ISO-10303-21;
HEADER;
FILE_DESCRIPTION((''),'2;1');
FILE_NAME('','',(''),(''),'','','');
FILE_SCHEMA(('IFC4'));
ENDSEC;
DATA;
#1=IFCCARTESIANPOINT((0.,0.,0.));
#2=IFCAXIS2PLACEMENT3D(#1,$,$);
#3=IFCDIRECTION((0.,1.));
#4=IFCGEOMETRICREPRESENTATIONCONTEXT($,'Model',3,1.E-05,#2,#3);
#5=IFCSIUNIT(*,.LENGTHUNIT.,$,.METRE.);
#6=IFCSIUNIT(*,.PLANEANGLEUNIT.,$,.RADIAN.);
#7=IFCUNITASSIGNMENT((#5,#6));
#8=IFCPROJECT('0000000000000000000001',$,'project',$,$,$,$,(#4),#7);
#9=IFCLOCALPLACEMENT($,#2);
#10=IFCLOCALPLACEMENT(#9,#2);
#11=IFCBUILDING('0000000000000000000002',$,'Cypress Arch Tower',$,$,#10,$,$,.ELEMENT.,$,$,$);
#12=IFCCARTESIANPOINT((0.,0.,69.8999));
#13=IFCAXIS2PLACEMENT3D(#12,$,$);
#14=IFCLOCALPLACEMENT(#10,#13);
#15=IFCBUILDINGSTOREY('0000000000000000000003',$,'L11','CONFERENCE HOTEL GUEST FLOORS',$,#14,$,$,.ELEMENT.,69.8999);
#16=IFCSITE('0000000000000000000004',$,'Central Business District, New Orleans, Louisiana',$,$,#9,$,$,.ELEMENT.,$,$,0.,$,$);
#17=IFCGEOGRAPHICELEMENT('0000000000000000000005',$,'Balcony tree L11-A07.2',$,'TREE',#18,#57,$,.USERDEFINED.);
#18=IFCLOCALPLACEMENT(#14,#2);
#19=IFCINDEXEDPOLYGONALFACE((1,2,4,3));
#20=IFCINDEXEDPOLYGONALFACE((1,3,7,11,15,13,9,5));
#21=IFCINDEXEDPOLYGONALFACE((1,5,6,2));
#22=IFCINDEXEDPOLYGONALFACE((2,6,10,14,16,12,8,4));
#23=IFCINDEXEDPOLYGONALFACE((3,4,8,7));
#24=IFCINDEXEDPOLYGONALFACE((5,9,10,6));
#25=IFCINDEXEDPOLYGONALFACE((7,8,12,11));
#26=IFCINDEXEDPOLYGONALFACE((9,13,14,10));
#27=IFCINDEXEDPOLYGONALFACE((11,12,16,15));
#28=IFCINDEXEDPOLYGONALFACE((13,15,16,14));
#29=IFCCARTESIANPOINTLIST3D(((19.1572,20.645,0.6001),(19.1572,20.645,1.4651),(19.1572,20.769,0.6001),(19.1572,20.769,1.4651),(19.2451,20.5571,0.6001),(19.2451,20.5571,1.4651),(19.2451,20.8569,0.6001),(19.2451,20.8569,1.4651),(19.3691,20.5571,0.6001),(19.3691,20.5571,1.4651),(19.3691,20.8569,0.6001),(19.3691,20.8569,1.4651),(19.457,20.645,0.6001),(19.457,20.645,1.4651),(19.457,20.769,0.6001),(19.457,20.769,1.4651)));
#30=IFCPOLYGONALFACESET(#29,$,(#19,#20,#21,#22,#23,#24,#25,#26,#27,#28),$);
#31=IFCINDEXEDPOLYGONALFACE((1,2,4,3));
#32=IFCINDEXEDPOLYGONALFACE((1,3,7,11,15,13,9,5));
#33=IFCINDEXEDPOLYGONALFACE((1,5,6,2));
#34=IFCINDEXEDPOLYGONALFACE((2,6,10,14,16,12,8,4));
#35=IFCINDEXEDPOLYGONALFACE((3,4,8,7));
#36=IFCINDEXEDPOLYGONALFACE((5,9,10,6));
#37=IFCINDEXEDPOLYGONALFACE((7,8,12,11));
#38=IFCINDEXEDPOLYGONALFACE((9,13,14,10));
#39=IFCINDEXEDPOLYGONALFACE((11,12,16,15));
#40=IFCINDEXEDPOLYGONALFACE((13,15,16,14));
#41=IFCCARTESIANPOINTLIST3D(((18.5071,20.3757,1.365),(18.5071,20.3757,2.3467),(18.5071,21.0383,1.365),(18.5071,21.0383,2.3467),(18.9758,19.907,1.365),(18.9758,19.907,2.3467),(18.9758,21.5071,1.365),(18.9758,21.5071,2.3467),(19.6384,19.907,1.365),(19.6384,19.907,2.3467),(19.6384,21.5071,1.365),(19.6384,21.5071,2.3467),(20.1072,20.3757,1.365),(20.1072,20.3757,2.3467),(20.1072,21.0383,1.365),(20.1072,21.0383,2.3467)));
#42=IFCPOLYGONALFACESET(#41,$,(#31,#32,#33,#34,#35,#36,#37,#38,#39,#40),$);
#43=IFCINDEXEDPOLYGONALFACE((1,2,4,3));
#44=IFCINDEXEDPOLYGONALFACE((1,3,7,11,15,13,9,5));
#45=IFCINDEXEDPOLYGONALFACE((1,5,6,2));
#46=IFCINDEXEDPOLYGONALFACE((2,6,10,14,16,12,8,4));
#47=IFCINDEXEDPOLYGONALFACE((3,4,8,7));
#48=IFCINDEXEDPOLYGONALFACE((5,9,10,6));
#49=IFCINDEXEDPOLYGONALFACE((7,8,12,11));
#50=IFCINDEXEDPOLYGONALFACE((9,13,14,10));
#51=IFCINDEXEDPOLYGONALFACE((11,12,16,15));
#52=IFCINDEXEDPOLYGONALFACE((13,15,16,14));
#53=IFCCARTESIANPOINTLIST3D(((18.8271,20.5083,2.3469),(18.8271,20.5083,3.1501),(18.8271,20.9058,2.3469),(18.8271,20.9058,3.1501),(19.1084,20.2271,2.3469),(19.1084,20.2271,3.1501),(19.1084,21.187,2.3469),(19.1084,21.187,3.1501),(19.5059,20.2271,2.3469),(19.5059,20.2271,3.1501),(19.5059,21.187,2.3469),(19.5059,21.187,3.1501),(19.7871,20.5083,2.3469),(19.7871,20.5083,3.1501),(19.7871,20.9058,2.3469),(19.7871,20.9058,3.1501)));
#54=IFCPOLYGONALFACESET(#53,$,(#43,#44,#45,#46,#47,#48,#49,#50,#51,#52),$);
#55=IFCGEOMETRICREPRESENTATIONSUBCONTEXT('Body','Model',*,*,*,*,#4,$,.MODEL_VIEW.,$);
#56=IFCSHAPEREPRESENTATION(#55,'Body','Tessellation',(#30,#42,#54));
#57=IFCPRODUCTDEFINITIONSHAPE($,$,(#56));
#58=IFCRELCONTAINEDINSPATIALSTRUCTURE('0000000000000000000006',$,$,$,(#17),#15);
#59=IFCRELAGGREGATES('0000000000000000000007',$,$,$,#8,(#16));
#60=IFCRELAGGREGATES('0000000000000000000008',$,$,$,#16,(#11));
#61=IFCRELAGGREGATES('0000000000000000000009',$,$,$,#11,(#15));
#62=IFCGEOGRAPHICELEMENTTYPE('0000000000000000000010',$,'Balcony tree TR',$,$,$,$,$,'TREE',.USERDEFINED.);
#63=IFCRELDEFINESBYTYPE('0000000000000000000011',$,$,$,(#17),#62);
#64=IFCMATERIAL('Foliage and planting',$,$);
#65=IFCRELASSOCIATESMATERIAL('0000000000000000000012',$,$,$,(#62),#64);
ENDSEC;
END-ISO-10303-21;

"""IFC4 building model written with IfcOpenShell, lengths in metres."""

from ifc_helpers import new_model, si_unit, direction, frame, origin, place, context, subcontext, project, spatial, polyline, outline, extrude, material, type_object, element, save


model = new_model("IFC4")

# Units and contexts
model_context = context("Model", 3, precision=1e-05, world=origin(), true_north=direction((0.0, 1.0)))
body_context = subcontext(model_context, "Body", "Model", "MODEL_VIEW")
ifc_project = project(units=[si_unit("LENGTHUNIT", "METRE"), si_unit("PLANEANGLEUNIT", "RADIAN")], contexts=[model_context])

# Site, building, storey
site_placement = place(None, origin())
site = spatial("IfcSite", under=ifc_project, at=site_placement, Name="Central Business District, New Orleans, Louisiana", CompositionType="ELEMENT", RefElevation=0.0)
building_placement = place(site_placement, origin())
building = spatial("IfcBuilding", under=site, at=building_placement, Name="Cypress Arch Tower", CompositionType="ELEMENT")
storey_placement = place(building_placement, frame((0.0, 0.0, 69.8999)))
storey = spatial("IfcBuildingStorey", under=building, at=storey_placement, Name="L11", Description="CONFERENCE HOTEL GUEST FLOORS", CompositionType="ELEMENT", Elevation=69.8999)

# Geographic element
ifc_material_1 = material(Name="Foliage and planting")
geographic_element_type = type_object("IfcGeographicElementType", Name="Balcony tree TR", ElementType="TREE", PredefinedType="USERDEFINED", material=ifc_material_1)
geographic_element_placement = place(storey_placement, frame((19.3071, 20.707, 0.6001), z_axis=(0.0, 0.0, 1.0), x_axis=(1.0, 0.0, 0.0)))
element("IfcGeographicElement", 1, at=geographic_element_placement, inside=storey, type_object=geographic_element_type, Name="Balcony tree L11-A07.2", ObjectType="TREE", PredefinedType="USERDEFINED", context=body_context, shape_type="SweptSolid", body=[
    extrude(outline(polyline([(0.1499, 0.062), (0.062, 0.1499), (-0.062, 0.1499), (-0.1499, 0.062), (-0.1499, -0.062), (-0.062, -0.1499), (0.062, -0.1499), (0.1499, -0.062), (0.1499, 0.062)])), origin(), (0.0, 0.0, 1.0), 0.865),
    extrude(outline(polyline([(0.8, 0.3313), (0.3313, 0.8), (-0.3313, 0.8), (-0.8, 0.3313), (-0.8, -0.3313), (-0.3313, -0.8), (0.3313, -0.8), (0.8, -0.3313), (0.8, 0.3313)])), frame((0.0, 0.0, 0.7649)), (0.0, 0.0, 1.0), 0.9817),
    extrude(outline(polyline([(0.48, 0.1987), (0.1987, 0.48), (-0.1987, 0.48), (-0.48, 0.1987), (-0.48, -0.1987), (-0.1987, -0.48), (0.1987, -0.48), (0.48, -0.1987), (0.48, 0.1987)])), frame((0.0, 0.0, 1.7468)), (0.0, 0.0, 1.0), 0.8032),
])

save(model, "model.ifc")
